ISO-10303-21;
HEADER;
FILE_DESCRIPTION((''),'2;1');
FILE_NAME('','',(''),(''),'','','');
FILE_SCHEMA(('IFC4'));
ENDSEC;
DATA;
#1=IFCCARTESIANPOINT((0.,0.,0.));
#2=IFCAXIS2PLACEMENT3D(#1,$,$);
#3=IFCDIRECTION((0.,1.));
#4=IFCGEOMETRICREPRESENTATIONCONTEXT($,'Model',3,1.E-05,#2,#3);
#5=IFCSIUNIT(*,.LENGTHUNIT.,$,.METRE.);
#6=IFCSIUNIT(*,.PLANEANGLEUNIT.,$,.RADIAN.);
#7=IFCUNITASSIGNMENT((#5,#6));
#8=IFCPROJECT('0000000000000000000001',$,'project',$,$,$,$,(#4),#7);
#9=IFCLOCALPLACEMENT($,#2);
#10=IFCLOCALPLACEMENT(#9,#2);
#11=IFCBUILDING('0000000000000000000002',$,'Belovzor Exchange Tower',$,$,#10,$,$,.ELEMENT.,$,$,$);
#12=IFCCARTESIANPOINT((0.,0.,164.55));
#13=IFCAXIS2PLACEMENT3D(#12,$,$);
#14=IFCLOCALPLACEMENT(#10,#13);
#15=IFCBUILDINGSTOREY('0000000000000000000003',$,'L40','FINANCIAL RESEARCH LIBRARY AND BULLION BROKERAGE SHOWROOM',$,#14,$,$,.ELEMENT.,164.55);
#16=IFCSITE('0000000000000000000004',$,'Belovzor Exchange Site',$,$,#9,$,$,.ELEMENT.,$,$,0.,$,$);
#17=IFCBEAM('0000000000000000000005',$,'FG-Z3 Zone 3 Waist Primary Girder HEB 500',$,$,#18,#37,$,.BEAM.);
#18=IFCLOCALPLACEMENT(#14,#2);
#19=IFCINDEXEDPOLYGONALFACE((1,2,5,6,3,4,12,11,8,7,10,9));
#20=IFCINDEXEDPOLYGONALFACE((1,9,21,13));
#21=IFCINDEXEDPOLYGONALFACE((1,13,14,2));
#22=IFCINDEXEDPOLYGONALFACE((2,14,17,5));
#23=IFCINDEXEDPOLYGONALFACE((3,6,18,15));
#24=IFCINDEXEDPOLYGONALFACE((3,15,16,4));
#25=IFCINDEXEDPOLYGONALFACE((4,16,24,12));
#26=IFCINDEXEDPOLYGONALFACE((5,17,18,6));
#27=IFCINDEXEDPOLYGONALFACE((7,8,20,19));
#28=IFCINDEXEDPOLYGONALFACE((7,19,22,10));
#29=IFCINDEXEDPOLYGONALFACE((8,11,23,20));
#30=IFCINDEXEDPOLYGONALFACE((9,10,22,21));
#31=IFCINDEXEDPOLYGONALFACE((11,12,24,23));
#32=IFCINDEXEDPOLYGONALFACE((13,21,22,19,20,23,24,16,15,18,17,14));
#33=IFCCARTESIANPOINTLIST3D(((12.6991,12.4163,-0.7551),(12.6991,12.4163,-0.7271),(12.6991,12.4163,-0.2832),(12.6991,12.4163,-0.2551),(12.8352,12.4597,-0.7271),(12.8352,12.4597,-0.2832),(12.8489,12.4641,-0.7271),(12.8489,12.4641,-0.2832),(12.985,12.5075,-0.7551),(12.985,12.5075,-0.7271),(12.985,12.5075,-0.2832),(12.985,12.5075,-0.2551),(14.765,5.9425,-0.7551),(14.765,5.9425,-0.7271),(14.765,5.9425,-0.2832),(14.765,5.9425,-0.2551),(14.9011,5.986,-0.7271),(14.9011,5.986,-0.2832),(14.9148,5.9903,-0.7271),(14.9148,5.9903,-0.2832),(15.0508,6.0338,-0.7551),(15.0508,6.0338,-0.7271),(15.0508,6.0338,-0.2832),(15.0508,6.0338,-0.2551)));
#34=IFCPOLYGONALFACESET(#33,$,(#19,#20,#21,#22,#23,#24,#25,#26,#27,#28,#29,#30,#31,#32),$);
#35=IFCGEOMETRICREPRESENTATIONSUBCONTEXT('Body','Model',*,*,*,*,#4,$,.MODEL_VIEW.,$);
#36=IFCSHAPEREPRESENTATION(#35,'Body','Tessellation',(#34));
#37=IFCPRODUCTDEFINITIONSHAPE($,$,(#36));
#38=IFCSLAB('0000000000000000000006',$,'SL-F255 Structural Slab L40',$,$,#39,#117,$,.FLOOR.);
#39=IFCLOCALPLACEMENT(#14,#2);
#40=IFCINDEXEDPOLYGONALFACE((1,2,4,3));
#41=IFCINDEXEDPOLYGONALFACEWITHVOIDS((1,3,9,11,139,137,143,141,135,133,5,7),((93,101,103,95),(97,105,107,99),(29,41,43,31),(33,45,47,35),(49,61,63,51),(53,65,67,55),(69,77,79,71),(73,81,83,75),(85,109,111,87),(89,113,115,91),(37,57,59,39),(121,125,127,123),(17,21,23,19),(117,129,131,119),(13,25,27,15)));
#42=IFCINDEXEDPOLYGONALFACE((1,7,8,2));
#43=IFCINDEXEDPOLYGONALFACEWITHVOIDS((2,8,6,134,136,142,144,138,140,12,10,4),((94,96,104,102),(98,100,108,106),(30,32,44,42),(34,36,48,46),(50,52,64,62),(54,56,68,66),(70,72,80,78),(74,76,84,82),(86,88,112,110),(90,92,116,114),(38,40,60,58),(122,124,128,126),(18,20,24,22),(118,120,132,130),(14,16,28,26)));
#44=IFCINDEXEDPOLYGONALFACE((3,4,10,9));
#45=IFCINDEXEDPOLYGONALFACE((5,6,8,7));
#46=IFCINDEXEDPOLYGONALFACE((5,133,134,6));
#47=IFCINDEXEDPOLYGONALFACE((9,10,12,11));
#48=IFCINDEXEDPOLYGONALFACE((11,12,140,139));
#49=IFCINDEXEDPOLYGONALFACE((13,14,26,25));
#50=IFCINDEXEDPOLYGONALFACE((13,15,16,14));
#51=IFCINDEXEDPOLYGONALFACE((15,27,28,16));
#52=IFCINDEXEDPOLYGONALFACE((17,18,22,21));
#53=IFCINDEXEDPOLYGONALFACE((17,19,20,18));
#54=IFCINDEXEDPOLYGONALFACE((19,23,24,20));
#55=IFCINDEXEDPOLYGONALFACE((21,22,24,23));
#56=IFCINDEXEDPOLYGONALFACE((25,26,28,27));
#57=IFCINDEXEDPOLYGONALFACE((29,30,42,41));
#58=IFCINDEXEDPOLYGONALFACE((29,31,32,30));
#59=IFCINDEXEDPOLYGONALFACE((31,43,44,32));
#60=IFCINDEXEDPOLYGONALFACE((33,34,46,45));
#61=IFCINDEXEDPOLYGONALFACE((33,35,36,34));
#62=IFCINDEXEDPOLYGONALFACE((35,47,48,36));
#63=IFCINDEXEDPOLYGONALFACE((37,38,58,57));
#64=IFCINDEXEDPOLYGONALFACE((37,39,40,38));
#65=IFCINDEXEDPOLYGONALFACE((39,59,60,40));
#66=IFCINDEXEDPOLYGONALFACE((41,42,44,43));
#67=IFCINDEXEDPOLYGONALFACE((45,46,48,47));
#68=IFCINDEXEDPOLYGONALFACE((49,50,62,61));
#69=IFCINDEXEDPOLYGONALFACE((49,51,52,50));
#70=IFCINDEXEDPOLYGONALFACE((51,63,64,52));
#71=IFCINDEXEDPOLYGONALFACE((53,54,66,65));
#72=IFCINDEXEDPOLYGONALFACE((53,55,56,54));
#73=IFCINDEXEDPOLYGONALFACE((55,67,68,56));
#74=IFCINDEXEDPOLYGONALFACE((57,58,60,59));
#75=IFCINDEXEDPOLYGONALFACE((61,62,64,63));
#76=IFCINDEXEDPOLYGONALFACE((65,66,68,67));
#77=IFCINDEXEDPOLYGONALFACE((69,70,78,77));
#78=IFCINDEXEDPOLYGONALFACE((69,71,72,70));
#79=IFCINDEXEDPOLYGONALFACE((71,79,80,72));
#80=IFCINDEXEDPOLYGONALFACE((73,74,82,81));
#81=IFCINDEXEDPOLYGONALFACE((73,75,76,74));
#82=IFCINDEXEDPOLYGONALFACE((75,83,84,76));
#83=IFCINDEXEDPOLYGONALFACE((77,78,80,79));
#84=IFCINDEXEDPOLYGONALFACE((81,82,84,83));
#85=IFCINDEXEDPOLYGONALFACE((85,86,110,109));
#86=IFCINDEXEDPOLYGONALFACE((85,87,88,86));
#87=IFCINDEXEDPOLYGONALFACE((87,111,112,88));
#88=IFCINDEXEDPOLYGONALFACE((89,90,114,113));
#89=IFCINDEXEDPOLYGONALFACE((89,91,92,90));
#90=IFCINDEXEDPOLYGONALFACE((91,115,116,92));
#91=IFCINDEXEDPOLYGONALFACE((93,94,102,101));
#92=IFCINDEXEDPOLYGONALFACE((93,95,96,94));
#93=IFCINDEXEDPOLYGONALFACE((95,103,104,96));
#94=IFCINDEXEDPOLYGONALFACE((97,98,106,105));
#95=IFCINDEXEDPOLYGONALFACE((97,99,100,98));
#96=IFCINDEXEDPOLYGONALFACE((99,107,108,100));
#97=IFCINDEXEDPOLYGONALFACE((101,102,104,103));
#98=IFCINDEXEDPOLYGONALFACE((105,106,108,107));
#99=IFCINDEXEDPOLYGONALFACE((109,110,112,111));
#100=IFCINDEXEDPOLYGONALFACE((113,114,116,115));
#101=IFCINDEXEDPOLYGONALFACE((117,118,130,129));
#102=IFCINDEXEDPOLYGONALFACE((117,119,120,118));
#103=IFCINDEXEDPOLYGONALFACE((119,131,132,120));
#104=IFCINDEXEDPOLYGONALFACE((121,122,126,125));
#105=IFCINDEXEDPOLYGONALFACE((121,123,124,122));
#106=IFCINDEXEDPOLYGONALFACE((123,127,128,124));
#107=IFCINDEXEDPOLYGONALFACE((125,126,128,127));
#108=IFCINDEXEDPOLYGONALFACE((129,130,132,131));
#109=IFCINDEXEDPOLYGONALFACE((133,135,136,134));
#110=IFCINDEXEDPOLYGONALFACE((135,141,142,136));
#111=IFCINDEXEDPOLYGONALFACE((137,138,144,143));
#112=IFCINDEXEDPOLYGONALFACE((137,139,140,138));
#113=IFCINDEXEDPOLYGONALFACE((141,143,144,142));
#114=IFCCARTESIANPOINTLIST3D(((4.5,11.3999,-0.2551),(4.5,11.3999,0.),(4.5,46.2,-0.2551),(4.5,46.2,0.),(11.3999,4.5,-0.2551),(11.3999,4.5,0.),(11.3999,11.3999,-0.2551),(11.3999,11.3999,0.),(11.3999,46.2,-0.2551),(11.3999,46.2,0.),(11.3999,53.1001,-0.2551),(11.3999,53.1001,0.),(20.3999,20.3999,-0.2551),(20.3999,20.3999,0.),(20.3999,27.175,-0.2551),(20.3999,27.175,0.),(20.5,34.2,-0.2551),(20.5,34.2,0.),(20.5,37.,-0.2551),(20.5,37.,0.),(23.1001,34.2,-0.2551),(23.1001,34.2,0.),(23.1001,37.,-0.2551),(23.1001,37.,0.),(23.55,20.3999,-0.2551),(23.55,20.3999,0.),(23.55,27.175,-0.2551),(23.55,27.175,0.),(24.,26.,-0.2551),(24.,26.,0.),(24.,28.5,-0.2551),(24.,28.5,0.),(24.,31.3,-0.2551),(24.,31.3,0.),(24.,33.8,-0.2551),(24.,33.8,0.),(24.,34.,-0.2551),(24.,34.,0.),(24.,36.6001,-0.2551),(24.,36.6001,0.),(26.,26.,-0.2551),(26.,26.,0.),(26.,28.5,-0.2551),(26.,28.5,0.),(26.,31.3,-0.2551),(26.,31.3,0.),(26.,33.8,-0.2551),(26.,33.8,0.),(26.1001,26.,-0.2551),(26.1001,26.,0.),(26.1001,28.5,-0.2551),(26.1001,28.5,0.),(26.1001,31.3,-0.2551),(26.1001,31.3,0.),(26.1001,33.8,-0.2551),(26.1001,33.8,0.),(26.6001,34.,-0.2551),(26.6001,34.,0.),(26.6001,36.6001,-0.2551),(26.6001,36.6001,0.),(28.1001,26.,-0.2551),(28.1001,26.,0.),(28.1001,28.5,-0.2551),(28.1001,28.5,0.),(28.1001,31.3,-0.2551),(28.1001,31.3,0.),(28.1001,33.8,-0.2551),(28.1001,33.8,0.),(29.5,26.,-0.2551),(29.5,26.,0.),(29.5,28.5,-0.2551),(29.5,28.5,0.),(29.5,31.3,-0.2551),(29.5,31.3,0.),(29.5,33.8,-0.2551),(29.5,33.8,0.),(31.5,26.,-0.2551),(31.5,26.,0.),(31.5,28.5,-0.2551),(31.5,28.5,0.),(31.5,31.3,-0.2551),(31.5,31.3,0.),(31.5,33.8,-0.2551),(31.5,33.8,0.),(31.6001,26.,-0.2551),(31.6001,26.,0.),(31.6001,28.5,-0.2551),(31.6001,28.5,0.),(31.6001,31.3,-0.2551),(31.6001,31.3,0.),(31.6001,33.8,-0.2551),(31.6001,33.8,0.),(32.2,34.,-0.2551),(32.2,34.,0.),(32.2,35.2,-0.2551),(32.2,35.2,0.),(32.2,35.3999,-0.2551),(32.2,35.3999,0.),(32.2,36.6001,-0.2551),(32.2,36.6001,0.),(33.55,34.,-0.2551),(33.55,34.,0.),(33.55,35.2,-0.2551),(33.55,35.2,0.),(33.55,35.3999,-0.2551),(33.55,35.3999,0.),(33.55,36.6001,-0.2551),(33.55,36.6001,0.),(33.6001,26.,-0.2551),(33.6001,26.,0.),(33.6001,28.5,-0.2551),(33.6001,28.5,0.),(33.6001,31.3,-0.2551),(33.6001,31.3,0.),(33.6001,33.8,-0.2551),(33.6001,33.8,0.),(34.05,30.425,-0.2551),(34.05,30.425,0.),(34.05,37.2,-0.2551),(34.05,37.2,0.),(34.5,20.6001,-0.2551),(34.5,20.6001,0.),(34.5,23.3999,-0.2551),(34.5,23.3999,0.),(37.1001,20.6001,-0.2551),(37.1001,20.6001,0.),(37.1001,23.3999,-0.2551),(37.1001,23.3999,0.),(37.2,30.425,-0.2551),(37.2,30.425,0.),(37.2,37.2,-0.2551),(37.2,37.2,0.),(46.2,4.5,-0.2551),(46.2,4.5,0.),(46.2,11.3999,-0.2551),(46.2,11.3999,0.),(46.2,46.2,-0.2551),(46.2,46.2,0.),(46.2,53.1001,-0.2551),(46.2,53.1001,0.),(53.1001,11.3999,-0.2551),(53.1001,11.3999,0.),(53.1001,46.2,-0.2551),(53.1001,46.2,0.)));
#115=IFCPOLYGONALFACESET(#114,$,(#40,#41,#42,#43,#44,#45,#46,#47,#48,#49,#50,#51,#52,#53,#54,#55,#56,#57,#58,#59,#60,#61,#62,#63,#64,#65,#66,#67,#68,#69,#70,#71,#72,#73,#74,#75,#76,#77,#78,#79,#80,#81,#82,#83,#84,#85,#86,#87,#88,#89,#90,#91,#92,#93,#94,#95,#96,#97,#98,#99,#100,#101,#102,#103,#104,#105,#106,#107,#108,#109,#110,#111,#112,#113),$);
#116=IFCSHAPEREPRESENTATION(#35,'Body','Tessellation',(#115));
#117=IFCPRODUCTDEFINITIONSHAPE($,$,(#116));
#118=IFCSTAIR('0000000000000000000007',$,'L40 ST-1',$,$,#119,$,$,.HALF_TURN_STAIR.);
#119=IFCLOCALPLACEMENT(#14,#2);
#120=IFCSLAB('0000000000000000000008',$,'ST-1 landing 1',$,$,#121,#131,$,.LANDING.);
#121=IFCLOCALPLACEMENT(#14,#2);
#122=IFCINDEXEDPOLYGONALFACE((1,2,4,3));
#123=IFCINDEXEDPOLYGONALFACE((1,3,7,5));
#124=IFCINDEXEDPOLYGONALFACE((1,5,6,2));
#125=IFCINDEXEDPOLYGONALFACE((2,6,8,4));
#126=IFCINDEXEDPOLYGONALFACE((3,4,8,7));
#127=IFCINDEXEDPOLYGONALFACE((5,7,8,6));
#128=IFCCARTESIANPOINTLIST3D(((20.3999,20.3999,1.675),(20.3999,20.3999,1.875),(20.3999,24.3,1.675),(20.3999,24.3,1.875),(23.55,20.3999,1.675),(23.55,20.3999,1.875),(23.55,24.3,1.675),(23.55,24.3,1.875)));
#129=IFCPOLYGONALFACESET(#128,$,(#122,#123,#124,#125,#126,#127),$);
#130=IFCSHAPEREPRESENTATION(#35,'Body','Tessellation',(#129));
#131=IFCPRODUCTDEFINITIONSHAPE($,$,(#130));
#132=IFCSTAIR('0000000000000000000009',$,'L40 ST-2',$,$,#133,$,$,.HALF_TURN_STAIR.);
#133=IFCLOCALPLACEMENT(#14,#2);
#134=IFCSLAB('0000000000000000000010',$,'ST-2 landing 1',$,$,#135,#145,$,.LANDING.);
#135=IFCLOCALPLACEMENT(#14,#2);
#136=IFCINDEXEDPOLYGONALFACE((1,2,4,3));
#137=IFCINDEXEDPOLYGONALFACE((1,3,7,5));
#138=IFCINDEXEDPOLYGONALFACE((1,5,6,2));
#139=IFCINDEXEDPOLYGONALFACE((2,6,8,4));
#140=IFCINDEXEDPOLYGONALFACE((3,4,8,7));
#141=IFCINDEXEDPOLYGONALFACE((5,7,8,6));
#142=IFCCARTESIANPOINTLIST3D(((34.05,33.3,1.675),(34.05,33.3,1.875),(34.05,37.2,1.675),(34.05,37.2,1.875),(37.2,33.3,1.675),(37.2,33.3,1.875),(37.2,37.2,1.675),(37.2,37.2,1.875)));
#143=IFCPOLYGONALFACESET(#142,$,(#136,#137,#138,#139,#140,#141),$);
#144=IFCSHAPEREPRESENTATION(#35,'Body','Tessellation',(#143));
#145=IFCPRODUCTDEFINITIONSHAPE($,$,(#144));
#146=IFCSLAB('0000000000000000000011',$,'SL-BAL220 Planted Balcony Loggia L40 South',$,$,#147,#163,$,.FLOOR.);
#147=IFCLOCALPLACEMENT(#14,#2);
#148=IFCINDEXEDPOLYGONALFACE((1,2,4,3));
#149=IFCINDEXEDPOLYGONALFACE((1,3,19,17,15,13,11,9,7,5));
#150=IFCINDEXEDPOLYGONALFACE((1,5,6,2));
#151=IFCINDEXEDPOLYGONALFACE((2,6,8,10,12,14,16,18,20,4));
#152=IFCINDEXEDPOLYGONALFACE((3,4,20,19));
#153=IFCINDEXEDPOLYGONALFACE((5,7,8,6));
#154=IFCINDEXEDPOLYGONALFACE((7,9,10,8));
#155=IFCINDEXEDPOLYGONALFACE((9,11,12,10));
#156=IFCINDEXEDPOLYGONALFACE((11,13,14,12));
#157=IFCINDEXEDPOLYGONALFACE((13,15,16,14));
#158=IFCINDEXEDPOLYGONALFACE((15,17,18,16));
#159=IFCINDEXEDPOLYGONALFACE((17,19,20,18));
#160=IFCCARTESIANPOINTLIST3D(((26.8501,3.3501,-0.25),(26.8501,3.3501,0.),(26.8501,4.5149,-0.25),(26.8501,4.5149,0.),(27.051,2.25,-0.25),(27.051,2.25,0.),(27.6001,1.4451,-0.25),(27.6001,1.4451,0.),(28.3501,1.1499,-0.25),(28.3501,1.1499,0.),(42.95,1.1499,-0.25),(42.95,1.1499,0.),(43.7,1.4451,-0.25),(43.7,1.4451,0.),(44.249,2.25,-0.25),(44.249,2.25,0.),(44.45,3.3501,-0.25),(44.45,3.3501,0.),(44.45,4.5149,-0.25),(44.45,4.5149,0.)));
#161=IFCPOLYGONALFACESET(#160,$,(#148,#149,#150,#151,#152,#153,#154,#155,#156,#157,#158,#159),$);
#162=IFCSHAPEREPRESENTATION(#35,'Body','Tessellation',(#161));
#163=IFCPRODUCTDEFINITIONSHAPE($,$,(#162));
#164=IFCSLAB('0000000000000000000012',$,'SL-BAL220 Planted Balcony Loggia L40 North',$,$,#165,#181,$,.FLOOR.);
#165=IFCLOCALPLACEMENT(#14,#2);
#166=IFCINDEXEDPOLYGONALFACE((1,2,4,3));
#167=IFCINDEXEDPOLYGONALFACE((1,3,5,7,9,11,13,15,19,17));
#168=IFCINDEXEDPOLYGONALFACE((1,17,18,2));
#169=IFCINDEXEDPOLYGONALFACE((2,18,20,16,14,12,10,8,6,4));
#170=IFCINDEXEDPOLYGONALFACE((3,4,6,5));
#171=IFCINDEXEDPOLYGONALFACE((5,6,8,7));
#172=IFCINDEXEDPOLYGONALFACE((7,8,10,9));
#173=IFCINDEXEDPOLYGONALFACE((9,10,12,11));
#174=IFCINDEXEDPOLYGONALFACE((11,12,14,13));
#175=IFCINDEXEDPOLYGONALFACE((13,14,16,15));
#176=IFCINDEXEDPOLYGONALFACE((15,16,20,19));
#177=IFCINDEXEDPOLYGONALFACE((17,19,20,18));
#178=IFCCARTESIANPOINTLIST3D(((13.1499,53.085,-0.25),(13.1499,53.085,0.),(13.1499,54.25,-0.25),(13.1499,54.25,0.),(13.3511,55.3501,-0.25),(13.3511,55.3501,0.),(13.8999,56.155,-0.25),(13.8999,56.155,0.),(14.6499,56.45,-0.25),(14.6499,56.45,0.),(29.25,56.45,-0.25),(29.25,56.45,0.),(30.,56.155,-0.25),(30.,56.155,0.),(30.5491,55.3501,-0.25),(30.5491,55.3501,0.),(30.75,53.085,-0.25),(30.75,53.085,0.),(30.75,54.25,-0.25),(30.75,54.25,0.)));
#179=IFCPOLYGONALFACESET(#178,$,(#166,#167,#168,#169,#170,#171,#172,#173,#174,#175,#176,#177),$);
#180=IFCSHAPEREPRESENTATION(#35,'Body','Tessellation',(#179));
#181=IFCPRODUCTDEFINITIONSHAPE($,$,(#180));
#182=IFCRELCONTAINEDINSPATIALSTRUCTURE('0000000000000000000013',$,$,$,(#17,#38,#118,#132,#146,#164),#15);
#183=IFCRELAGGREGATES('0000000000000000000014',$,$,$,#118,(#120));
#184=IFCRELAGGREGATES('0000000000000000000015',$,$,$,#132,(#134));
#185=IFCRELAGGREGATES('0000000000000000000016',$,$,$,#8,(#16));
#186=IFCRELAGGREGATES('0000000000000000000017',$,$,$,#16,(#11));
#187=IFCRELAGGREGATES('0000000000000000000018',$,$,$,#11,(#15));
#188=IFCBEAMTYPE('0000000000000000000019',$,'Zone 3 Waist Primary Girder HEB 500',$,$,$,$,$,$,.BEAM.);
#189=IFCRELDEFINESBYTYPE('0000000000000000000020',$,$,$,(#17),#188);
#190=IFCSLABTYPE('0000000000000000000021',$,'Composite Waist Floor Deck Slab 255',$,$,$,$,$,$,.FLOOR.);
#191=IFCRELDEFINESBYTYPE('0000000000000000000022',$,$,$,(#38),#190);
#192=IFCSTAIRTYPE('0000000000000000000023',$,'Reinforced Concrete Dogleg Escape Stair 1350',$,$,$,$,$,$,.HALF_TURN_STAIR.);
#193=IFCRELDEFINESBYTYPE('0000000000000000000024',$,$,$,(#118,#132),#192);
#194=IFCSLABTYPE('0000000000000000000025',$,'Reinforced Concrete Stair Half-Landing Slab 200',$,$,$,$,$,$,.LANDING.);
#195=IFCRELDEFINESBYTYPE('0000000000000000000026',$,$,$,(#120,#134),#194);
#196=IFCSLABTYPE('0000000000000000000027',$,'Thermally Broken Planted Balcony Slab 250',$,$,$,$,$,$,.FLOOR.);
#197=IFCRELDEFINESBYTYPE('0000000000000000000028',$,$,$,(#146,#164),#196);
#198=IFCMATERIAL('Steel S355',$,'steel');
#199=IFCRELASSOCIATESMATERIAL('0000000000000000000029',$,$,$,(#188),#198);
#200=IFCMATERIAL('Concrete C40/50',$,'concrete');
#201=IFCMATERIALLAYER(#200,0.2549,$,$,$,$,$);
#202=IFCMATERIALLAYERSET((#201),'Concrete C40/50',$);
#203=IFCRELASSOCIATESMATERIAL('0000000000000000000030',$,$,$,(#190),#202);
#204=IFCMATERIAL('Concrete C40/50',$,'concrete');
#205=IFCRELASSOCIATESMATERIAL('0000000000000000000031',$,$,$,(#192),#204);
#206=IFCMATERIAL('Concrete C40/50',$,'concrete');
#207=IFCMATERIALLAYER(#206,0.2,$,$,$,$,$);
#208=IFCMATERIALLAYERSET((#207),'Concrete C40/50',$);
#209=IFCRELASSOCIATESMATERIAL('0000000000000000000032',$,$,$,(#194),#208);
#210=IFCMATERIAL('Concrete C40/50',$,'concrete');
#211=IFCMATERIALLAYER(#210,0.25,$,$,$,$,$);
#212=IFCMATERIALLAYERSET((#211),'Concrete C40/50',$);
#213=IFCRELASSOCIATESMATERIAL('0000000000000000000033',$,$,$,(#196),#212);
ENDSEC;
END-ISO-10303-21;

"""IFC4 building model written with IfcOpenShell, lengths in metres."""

from ifc_helpers import new_model, si_unit, direction, frame, origin, origin_2d, place, context, subcontext, project, spatial, polyline, i_section, outline, extrude, material, layer, layer_set, material_profile, profile_set, type_object, element, aggregate, save


model = new_model("IFC4")

# Units and contexts
model_context = context("Model", 3, precision=1e-05, world=origin(), true_north=direction((0.0, 1.0)))
body_context = subcontext(model_context, "Body", "Model", "MODEL_VIEW")
ifc_project = project(units=[si_unit("LENGTHUNIT", "METRE"), si_unit("PLANEANGLEUNIT", "RADIAN")], contexts=[model_context])

# Site, building, storey
site_placement = place(None, origin())
site = spatial("IfcSite", under=ifc_project, at=site_placement, Name="Belovzor Exchange Site", CompositionType="ELEMENT", RefElevation=0.0)
building_placement = place(site_placement, origin())
building = spatial("IfcBuilding", under=site, at=building_placement, Name="Belovzor Exchange Tower", CompositionType="ELEMENT")
storey_placement = place(building_placement, frame((0.0, 0.0, 164.55)))
storey = spatial("IfcBuildingStorey", under=building, at=storey_placement, Name="L40", Description="FINANCIAL RESEARCH LIBRARY AND BULLION BROKERAGE SHOWROOM", CompositionType="ELEMENT", Elevation=164.55)

# Beam
ifc_material_1 = material(Name="Steel S355", Category="steel")
ifc_material_profile = material_profile(ifc_material_1, i_section(OverallWidth=0.3, OverallDepth=0.5, WebThickness=0.0144, FlangeThickness=0.0281, at=origin_2d()))
ifc_profile_set = profile_set([ifc_material_profile], Name="Steel S355")
beam_type = type_object("IfcBeamType", Name="Zone 3 Waist Primary Girder HEB 500", PredefinedType="BEAM", material=ifc_profile_set)
beam_placement = place(storey_placement, frame((12.842, 12.4619, -0.5051), z_axis=(0.304012, -0.952668, 0.0), x_axis=(0.952668, 0.304012, 0.0)))
element("IfcBeam", 1, at=beam_placement, inside=storey, type_object=beam_type, Name="FG-Z3 Zone 3 Waist Primary Girder HEB 500", PredefinedType="BEAM", context=body_context, shape_type="SweptSolid", body=[
    extrude(i_section(OverallWidth=0.3, OverallDepth=0.5, WebThickness=0.0144, FlangeThickness=0.0281, at=origin_2d()), origin(), (0.0, 0.0, 1.0), 6.7954),
])

# Slab
ifc_material_2 = material(Name="Concrete C40/50", Category="concrete")
ifc_layer_1 = layer(ifc_material_2, 0.2549)
ifc_layer_set_1 = layer_set([ifc_layer_1], Name="Concrete C40/50")
slab_type_1 = type_object("IfcSlabType", Name="Composite Waist Floor Deck Slab 255", PredefinedType="FLOOR", material=ifc_layer_set_1)
slab_1_placement = place(storey_placement, frame((0.0, 0.0, -0.2551)))
element("IfcSlab", 2, at=slab_1_placement, inside=storey, type_object=slab_type_1, Name="SL-F255 Structural Slab L40", PredefinedType="FLOOR", context=body_context, shape_type="SweptSolid", body=[
    extrude(outline(polyline([(11.3999, 4.5), (46.2, 4.5), (46.2, 11.3999), (53.1001, 11.3999), (53.1001, 46.2), (46.2, 46.2), (46.2, 53.1001), (11.3999, 53.1001), (11.3999, 46.2), (4.5, 46.2), (4.5, 11.3999), (11.3999, 11.3999), (11.3999, 4.5)]), holes=[polyline([(20.3999, 27.175), (20.3999, 20.3999), (23.55, 20.3999), (23.55, 27.175), (20.3999, 27.175)]), polyline([(37.2, 30.425), (37.2, 37.2), (34.05, 37.2), (34.05, 30.425), (37.2, 30.425)]), polyline([(20.5, 34.2), (23.1001, 34.2), (23.1001, 37.0), (20.5, 37.0), (20.5, 34.2)]), polyline([(34.5, 20.6001), (37.1001, 20.6001), (37.1001, 23.3999), (34.5, 23.3999), (34.5, 20.6001)]), polyline([(24.0, 34.0), (26.6001, 34.0), (26.6001, 36.6001), (24.0, 36.6001), (24.0, 34.0)]), polyline([(24.0, 26.0), (26.0, 26.0), (26.0, 28.5), (24.0, 28.5), (24.0, 26.0)]), polyline([(26.1001, 26.0), (28.1001, 26.0), (28.1001, 28.5), (26.1001, 28.5), (26.1001, 26.0)]), polyline([(29.5, 26.0), (31.5, 26.0), (31.5, 28.5), (29.5, 28.5), (29.5, 26.0)]), polyline([(31.6001, 26.0), (33.6001, 26.0), (33.6001, 28.5), (31.6001, 28.5), (31.6001, 26.0)]), polyline([(24.0, 31.3), (26.0, 31.3), (26.0, 33.8), (24.0, 33.8), (24.0, 31.3)]), polyline([(26.1001, 31.3), (28.1001, 31.3), (28.1001, 33.8), (26.1001, 33.8), (26.1001, 31.3)]), polyline([(29.5, 31.3), (31.5, 31.3), (31.5, 33.8), (29.5, 33.8), (29.5, 31.3)]), polyline([(31.6001, 31.3), (33.6001, 31.3), (33.6001, 33.8), (31.6001, 33.8), (31.6001, 31.3)]), polyline([(32.2, 34.0), (33.55, 34.0), (33.55, 35.2), (32.2, 35.2), (32.2, 34.0)]), polyline([(32.2, 35.3999), (33.55, 35.3999), (33.55, 36.6001), (32.2, 36.6001), (32.2, 35.3999)])]), origin(), (0.0, 0.0, 1.0), 0.2551),
])

# Stairs, slabs
ifc_material_3 = material(Name="Concrete C40/50", Category="concrete")
stair_type = type_object("IfcStairType", Name="Reinforced Concrete Dogleg Escape Stair 1350", PredefinedType="HALF_TURN_STAIR", material=ifc_material_3)
stair_1_placement = place(storey_placement, origin())
stair_1 = element("IfcStair", 3, at=stair_1_placement, inside=storey, type_object=stair_type, Name="L40 ST-1", PredefinedType="HALF_TURN_STAIR")
ifc_material_4 = material(Name="Concrete C40/50", Category="concrete")
ifc_layer_2 = layer(ifc_material_4, 0.2)
ifc_layer_set_2 = layer_set([ifc_layer_2], Name="Concrete C40/50")
slab_type_2 = type_object("IfcSlabType", Name="Reinforced Concrete Stair Half-Landing Slab 200", PredefinedType="LANDING", material=ifc_layer_set_2)
slab_2_placement = place(storey_placement, frame((0.0, 0.0, 1.675)))
slab_2 = element("IfcSlab", 4, at=slab_2_placement, type_object=slab_type_2, Name="ST-1 landing 1", PredefinedType="LANDING", context=body_context, shape_type="SweptSolid", body=[
    extrude(outline(polyline([(20.3999, 24.3), (20.3999, 20.3999), (23.55, 20.3999), (23.55, 24.3), (20.3999, 24.3)])), origin(), (0.0, 0.0, 1.0), 0.2),
])
aggregate(stair_1, [slab_2])
stair_2_placement = place(storey_placement, origin())
stair_2 = element("IfcStair", 5, at=stair_2_placement, inside=storey, type_object=stair_type, Name="L40 ST-2", PredefinedType="HALF_TURN_STAIR")
slab_3_placement = place(storey_placement, frame((0.0, 0.0, 1.675)))
slab_3 = element("IfcSlab", 6, at=slab_3_placement, type_object=slab_type_2, Name="ST-2 landing 1", PredefinedType="LANDING", context=body_context, shape_type="SweptSolid", body=[
    extrude(outline(polyline([(37.2, 33.3), (37.2, 37.2), (34.05, 37.2), (34.05, 33.3), (37.2, 33.3)])), origin(), (0.0, 0.0, 1.0), 0.2),
])
aggregate(stair_2, [slab_3])

# Slabs
ifc_material_5 = material(Name="Concrete C40/50", Category="concrete")
ifc_layer_3 = layer(ifc_material_5, 0.25)
ifc_layer_set_3 = layer_set([ifc_layer_3], Name="Concrete C40/50")
slab_type_3 = type_object("IfcSlabType", Name="Thermally Broken Planted Balcony Slab 250", PredefinedType="FLOOR", material=ifc_layer_set_3)
slab_4_placement = place(storey_placement, frame((0.0, 0.0, -0.25)))
element("IfcSlab", 7, at=slab_4_placement, inside=storey, type_object=slab_type_3, Name="SL-BAL220 Planted Balcony Loggia L40 South", PredefinedType="FLOOR", context=body_context, shape_type="SweptSolid", body=[
    extrude(outline(polyline([(26.8501, 4.5149), (26.8501, 3.3501), (27.051, 2.25), (27.6001, 1.4451), (28.3501, 1.1499), (42.95, 1.1499), (43.7, 1.4451), (44.249, 2.25), (44.45, 3.3501), (44.45, 4.5149), (26.8501, 4.5149)])), origin(), (0.0, 0.0, 1.0), 0.25),
])
slab_5_placement = place(storey_placement, frame((0.0, 0.0, -0.25)))
element("IfcSlab", 8, at=slab_5_placement, inside=storey, type_object=slab_type_3, Name="SL-BAL220 Planted Balcony Loggia L40 North", PredefinedType="FLOOR", context=body_context, shape_type="SweptSolid", body=[
    extrude(outline(polyline([(30.75, 53.085), (30.75, 54.25), (30.5491, 55.3501), (30.0, 56.155), (29.25, 56.45), (14.6499, 56.45), (13.8999, 56.155), (13.3511, 55.3501), (13.1499, 54.25), (13.1499, 53.085), (30.75, 53.085)])), origin(), (0.0, 0.0, 1.0), 0.25),
])

save(model, "model.ifc")
